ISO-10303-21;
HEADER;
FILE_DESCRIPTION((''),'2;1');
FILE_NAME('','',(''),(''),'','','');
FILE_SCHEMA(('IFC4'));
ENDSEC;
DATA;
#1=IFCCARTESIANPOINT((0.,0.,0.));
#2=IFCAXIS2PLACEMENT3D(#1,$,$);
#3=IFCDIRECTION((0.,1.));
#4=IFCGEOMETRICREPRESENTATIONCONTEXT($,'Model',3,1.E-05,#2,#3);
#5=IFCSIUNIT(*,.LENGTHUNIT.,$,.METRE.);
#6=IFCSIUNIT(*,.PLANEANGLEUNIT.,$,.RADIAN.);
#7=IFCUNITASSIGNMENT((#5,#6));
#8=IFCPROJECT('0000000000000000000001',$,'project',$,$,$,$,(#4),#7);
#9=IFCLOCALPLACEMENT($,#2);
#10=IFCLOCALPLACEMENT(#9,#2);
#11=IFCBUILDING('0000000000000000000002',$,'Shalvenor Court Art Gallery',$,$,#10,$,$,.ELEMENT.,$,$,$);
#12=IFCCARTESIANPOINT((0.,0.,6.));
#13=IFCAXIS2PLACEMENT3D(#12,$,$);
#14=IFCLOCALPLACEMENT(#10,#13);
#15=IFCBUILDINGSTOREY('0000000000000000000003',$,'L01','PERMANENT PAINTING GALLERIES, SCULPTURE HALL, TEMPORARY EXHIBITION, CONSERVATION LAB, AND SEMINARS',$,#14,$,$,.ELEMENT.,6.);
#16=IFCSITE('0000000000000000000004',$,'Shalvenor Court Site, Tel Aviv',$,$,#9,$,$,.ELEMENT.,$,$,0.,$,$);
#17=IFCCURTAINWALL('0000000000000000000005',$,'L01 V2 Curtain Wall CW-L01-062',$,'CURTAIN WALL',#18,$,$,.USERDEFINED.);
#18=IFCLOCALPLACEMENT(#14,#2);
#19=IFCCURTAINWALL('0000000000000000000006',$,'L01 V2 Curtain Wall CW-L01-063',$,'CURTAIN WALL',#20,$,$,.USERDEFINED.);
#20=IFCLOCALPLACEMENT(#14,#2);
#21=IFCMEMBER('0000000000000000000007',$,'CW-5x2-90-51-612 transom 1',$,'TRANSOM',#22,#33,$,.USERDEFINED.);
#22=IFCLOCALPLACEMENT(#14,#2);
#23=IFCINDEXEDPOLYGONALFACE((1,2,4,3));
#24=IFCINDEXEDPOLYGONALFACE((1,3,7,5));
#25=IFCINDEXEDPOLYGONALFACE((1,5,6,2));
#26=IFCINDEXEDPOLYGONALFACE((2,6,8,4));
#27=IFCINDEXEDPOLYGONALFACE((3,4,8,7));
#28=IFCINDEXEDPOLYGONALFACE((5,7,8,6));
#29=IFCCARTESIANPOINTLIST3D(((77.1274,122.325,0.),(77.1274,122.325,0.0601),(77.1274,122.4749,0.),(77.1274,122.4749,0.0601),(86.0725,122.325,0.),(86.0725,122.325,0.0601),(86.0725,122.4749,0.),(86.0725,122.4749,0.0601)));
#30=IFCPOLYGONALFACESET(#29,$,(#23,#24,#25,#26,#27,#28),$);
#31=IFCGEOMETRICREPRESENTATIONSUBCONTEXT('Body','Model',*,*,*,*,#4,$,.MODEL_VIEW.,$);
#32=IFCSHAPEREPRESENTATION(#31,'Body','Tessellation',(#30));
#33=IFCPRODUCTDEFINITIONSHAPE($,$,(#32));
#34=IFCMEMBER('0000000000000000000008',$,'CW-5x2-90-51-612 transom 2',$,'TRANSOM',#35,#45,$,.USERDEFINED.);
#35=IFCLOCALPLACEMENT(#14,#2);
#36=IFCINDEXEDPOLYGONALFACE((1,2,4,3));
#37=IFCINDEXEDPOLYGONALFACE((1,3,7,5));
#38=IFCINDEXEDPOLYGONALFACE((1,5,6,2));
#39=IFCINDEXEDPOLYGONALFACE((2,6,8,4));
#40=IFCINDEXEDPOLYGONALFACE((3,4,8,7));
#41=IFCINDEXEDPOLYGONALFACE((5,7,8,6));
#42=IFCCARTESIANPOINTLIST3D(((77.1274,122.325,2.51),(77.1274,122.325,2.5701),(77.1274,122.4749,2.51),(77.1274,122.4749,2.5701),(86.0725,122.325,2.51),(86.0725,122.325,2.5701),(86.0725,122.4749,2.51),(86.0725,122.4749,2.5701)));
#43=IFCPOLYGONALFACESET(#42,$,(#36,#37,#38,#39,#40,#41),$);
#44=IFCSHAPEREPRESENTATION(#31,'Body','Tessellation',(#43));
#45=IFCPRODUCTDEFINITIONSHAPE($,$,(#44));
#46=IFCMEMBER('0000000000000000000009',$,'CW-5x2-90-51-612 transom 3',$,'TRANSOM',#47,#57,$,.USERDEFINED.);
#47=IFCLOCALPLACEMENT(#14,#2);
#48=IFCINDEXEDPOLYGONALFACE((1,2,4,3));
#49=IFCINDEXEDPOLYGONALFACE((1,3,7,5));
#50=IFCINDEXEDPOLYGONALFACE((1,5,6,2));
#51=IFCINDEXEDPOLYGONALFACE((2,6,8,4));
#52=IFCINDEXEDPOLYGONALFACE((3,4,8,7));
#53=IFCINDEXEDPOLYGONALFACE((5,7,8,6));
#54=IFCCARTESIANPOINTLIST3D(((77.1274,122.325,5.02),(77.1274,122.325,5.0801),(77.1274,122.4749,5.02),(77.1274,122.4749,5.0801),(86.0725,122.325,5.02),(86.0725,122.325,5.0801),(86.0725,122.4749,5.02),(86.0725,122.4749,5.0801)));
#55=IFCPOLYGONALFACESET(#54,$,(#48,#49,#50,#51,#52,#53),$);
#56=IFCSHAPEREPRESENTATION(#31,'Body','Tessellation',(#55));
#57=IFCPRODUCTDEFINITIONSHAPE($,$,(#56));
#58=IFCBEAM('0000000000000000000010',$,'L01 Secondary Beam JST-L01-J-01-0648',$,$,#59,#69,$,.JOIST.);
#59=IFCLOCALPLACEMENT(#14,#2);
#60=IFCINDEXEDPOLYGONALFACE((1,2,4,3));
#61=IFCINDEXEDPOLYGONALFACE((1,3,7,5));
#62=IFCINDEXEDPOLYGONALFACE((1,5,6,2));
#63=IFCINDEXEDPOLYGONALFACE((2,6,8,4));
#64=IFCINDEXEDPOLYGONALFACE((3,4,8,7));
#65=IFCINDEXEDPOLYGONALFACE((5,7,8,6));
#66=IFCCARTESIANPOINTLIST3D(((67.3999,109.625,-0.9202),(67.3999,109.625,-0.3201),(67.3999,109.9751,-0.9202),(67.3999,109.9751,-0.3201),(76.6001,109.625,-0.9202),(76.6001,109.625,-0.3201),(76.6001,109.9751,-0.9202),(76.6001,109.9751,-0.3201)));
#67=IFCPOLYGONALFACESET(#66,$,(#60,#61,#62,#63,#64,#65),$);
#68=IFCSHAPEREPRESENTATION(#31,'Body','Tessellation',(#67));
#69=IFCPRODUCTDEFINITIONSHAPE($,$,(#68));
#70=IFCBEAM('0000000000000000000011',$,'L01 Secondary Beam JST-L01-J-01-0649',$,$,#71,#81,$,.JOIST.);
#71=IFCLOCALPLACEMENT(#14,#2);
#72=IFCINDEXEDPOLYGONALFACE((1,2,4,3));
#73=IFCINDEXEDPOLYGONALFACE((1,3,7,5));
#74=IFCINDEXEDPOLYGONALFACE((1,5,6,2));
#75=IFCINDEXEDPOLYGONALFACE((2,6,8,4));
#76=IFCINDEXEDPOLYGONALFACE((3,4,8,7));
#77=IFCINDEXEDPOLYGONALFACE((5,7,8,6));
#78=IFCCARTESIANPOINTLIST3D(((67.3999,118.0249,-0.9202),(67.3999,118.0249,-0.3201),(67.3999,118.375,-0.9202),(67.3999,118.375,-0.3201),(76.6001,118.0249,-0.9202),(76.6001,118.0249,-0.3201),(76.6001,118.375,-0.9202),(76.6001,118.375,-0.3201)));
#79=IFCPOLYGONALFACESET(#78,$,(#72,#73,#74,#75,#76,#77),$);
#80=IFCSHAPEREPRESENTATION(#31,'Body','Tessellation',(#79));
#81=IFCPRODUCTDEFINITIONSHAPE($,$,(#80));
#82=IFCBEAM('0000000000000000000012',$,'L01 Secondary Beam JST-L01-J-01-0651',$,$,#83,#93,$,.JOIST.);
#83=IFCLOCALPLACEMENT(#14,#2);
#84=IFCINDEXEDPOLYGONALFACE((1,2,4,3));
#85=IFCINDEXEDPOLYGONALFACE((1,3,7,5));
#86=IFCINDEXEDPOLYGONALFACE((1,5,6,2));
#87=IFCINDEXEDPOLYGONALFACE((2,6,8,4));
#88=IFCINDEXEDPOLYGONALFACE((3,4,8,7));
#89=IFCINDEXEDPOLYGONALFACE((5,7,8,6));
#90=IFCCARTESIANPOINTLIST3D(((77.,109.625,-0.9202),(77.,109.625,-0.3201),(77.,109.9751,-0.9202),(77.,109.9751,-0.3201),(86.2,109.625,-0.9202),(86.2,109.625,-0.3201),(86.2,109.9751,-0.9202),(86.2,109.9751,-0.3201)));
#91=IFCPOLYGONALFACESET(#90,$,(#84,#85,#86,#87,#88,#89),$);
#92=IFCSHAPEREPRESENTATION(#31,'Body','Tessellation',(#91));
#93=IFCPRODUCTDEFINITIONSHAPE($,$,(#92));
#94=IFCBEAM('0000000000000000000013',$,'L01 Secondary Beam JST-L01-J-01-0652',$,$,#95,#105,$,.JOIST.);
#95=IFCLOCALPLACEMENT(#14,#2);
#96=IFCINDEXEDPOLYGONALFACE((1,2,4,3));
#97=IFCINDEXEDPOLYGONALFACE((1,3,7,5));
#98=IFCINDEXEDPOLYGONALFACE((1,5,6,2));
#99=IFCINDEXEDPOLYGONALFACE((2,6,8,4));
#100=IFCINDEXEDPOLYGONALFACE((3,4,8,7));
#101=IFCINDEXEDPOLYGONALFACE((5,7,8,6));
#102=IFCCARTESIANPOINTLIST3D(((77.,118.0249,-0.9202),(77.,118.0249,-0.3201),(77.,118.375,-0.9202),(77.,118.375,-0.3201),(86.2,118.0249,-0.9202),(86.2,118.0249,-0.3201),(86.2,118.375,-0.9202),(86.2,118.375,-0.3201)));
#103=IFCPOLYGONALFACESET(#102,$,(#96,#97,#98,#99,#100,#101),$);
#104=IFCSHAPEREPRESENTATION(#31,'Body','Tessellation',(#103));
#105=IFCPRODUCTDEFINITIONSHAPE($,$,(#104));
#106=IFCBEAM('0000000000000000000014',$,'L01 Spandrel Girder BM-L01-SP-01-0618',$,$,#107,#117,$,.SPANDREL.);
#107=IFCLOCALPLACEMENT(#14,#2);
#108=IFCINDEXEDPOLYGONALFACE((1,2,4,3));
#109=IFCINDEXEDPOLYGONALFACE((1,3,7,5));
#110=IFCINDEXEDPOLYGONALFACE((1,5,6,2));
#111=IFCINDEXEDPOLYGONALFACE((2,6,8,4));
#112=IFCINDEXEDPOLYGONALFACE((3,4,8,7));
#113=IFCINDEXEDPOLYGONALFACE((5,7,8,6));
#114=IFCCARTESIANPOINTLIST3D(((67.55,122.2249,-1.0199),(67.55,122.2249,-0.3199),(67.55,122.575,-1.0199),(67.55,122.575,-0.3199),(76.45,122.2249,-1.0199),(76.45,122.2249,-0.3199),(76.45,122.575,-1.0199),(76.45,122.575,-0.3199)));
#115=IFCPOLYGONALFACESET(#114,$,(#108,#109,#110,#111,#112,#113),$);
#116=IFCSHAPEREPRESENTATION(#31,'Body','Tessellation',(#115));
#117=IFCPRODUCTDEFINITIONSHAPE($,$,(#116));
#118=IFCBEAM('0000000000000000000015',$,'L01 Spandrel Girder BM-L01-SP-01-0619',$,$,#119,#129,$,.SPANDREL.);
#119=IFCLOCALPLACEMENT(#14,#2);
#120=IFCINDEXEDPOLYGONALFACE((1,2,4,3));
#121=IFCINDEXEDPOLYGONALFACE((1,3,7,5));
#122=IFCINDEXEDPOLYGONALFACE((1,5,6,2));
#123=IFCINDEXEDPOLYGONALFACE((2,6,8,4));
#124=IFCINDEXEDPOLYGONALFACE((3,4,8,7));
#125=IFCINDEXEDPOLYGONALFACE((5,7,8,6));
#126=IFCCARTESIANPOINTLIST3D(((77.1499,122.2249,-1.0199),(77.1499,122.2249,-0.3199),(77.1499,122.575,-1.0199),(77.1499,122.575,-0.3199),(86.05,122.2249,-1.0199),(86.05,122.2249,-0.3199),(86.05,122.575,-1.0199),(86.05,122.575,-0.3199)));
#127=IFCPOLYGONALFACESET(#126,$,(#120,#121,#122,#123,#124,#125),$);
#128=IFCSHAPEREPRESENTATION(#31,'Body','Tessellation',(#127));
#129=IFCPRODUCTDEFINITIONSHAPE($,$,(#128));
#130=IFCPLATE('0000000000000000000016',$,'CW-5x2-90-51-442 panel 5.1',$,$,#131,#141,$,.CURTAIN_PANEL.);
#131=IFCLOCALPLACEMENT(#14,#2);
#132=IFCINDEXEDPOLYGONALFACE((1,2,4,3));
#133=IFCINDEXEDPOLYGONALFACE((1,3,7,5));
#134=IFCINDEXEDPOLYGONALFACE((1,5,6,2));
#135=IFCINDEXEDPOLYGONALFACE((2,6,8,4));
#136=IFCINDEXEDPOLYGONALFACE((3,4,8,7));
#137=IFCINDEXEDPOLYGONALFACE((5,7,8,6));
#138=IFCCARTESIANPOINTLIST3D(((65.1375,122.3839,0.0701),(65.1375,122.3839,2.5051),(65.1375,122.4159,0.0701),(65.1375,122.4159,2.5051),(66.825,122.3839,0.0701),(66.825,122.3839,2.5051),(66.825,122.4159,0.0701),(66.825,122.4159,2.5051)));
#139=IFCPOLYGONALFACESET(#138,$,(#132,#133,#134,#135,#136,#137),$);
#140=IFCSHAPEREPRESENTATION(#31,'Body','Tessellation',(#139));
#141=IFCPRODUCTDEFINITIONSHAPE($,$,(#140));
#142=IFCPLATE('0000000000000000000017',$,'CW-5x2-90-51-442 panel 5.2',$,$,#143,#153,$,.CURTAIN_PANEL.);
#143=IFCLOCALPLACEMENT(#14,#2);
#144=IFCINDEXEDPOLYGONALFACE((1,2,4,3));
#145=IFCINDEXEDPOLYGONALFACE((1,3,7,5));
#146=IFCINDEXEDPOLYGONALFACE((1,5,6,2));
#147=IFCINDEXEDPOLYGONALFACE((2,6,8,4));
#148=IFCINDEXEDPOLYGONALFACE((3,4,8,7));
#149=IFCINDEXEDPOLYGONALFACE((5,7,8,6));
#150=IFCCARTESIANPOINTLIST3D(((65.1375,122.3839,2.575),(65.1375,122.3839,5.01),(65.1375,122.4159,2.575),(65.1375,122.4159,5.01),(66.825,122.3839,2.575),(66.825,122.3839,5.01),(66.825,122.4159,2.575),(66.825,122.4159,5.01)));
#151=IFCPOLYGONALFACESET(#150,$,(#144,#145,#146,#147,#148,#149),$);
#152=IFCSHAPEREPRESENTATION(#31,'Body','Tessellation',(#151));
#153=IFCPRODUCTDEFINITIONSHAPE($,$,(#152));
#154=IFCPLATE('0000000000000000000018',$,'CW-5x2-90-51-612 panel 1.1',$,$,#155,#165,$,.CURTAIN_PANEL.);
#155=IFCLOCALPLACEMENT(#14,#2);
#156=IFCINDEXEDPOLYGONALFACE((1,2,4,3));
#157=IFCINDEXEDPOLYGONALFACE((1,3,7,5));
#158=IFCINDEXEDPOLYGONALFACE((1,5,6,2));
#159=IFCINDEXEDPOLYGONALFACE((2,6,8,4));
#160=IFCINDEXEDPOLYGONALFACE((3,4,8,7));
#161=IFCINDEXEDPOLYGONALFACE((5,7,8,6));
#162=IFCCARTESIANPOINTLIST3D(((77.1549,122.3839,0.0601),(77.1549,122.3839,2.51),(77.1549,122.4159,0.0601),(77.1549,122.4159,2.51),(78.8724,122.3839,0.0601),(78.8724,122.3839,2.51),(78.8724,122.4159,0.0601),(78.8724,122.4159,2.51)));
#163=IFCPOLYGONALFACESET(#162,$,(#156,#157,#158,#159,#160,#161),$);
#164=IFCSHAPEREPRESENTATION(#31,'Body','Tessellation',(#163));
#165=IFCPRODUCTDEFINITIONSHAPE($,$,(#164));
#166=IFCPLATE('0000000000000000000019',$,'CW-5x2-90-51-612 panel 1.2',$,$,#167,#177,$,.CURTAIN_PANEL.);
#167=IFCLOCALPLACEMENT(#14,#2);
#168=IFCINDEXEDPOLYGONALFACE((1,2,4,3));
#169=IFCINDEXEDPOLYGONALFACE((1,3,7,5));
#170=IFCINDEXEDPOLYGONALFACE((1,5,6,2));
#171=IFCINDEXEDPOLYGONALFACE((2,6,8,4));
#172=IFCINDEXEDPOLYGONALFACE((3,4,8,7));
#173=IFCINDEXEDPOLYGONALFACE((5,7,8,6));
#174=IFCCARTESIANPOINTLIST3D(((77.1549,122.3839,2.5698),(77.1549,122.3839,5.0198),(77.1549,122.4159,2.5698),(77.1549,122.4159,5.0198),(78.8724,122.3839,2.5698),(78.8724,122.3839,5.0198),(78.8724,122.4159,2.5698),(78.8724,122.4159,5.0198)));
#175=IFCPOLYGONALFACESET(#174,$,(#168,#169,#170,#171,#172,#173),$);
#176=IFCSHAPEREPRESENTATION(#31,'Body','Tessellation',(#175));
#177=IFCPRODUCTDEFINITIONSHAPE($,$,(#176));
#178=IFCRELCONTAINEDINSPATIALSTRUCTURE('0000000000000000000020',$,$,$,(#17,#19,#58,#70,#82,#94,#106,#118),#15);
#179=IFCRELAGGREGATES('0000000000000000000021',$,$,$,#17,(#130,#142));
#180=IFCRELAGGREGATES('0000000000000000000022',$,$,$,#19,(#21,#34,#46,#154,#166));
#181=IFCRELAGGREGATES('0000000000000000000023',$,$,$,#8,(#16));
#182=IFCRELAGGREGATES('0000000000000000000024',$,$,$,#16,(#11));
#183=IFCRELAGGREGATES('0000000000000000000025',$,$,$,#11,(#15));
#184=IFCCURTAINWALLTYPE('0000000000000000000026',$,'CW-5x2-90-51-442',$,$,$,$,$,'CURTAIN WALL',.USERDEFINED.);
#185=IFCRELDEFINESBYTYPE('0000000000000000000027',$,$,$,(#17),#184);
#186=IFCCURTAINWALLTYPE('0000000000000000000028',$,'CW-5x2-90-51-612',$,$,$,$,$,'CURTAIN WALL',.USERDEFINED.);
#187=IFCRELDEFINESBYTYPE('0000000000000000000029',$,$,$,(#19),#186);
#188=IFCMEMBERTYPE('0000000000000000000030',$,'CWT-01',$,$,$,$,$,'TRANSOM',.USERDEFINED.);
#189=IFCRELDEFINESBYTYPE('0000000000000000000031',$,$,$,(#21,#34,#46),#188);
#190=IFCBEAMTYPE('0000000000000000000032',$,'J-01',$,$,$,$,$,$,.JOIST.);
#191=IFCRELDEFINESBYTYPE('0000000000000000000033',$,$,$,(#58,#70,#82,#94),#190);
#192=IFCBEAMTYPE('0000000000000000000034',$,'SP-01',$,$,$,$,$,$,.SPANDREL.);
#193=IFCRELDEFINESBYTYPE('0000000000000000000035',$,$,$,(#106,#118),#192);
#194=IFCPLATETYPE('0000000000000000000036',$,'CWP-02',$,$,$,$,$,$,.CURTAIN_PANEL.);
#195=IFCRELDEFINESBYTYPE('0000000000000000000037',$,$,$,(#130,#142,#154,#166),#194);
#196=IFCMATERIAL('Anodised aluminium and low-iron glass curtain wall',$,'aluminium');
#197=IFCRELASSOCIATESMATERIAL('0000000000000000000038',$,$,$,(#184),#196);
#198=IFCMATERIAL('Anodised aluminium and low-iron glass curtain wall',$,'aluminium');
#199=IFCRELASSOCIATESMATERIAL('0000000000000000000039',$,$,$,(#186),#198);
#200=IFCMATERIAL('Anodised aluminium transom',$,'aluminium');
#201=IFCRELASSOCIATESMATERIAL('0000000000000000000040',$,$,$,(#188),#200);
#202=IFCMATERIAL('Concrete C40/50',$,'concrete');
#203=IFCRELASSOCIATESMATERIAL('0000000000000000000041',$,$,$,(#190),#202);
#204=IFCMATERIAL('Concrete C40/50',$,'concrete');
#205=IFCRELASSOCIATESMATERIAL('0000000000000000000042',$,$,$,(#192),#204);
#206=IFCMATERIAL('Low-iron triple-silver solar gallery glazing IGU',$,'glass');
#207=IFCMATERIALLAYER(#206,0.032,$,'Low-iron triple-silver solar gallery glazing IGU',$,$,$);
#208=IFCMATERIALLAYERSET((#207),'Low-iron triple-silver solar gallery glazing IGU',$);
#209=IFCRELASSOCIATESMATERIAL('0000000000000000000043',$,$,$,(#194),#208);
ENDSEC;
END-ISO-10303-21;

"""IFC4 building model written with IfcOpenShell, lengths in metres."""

from ifc_helpers import new_model, si_unit, direction, frame, origin, origin_2d, place, context, subcontext, project, spatial, rectangle, extrude, material, layer, layer_set, material_profile, profile_set, type_object, element, aggregate, save


model = new_model("IFC4")

# Units and contexts
model_context = context("Model", 3, precision=1e-05, world=origin(), true_north=direction((0.0, 1.0)))
body_context = subcontext(model_context, "Body", "Model", "MODEL_VIEW")
ifc_project = project(units=[si_unit("LENGTHUNIT", "METRE"), si_unit("PLANEANGLEUNIT", "RADIAN")], contexts=[model_context])

# Site, building, storey
site_placement = place(None, origin())
site = spatial("IfcSite", under=ifc_project, at=site_placement, Name="Shalvenor Court Site, Tel Aviv", CompositionType="ELEMENT", RefElevation=0.0)
building_placement = place(site_placement, origin())
building = spatial("IfcBuilding", under=site, at=building_placement, Name="Shalvenor Court Art Gallery", CompositionType="ELEMENT")
storey_placement = place(building_placement, frame((0.0, 0.0, 6.0)))
storey = spatial("IfcBuildingStorey", under=building, at=storey_placement, Name="L01", Description="PERMANENT PAINTING GALLERIES, SCULPTURE HALL, TEMPORARY EXHIBITION, CONSERVATION LAB, AND SEMINARS", CompositionType="ELEMENT", Elevation=6.0)

# Curtain wall
ifc_material_1 = material(Name="Anodised aluminium and low-iron glass curtain wall", Category="aluminium")
curtain_wall_type_1 = type_object("IfcCurtainWallType", Name="CW-5x2-90-51-442", ElementType="CURTAIN WALL", PredefinedType="USERDEFINED", material=ifc_material_1)
curtain_wall_1_placement = place(storey_placement, origin())
curtain_wall_1 = element("IfcCurtainWall", 1, at=curtain_wall_1_placement, inside=storey, type_object=curtain_wall_type_1, Name="L01 V2 Curtain Wall CW-L01-062", ObjectType="CURTAIN WALL", PredefinedType="USERDEFINED")

# Curtain wall, members
ifc_material_2 = material(Name="Anodised aluminium and low-iron glass curtain wall", Category="aluminium")
curtain_wall_type_2 = type_object("IfcCurtainWallType", Name="CW-5x2-90-51-612", ElementType="CURTAIN WALL", PredefinedType="USERDEFINED", material=ifc_material_2)
curtain_wall_2_placement = place(storey_placement, origin())
curtain_wall_2 = element("IfcCurtainWall", 2, at=curtain_wall_2_placement, inside=storey, type_object=curtain_wall_type_2, Name="L01 V2 Curtain Wall CW-L01-063", ObjectType="CURTAIN WALL", PredefinedType="USERDEFINED")
ifc_material_3 = material(Name="Anodised aluminium transom", Category="aluminium")
ifc_material_profile_1 = material_profile(ifc_material_3, rectangle(XDim=0.1499, YDim=0.0601, at=origin_2d()), Name="CWT-01")
ifc_profile_set_1 = profile_set([ifc_material_profile_1], Name="Anodised aluminium transom")
member_type_1 = type_object("IfcMemberType", Name="CWT-01", ElementType="TRANSOM", PredefinedType="USERDEFINED", material=ifc_profile_set_1)
member_1_placement = place(storey_placement, frame((77.1274, 122.3999, 0.03), z_axis=(1.0, 0.0, 0.0), x_axis=(0.0, 1.0, 0.0)))
member_1 = element("IfcMember", 3, at=member_1_placement, type_object=member_type_1, Name="CW-5x2-90-51-612 transom 1", ObjectType="TRANSOM", PredefinedType="USERDEFINED", context=body_context, shape_type="SweptSolid", body=[
    extrude(rectangle(XDim=0.1499, YDim=0.0601, at=origin_2d()), origin(), (0.0, 0.0, 1.0), 8.9451),
])
member_2_placement = place(storey_placement, frame((77.1274, 122.3999, 2.54), z_axis=(1.0, 0.0, 0.0), x_axis=(0.0, 1.0, 0.0)))
member_2 = element("IfcMember", 4, at=member_2_placement, type_object=member_type_1, Name="CW-5x2-90-51-612 transom 2", ObjectType="TRANSOM", PredefinedType="USERDEFINED", context=body_context, shape_type="SweptSolid", body=[
    extrude(rectangle(XDim=0.1499, YDim=0.0601, at=origin_2d()), origin(), (0.0, 0.0, 1.0), 8.9451),
])
member_3_placement = place(storey_placement, frame((77.1274, 122.3999, 5.05), z_axis=(1.0, 0.0, 0.0), x_axis=(0.0, 1.0, 0.0)))
member_3 = element("IfcMember", 5, at=member_3_placement, type_object=member_type_1, Name="CW-5x2-90-51-612 transom 3", ObjectType="TRANSOM", PredefinedType="USERDEFINED", context=body_context, shape_type="SweptSolid", body=[
    extrude(rectangle(XDim=0.1499, YDim=0.0601, at=origin_2d()), origin(), (0.0, 0.0, 1.0), 8.9451),
])

# Beams
ifc_material_4 = material(Name="Concrete C40/50", Category="concrete")
ifc_material_profile_2 = material_profile(ifc_material_4, rectangle(XDim=0.3501, YDim=0.6001, at=origin_2d()), Name="RC 350x600")
ifc_profile_set_2 = profile_set([ifc_material_profile_2], Name="Concrete C40/50")
beam_type_1 = type_object("IfcBeamType", Name="J-01", PredefinedType="JOIST", material=ifc_profile_set_2)
for number, where, z_axis, x_axis, name in (
    (6, (67.3999, 109.8, -0.6201), (1.0, 0.0, 0.0), (0.0, 1.0, 0.0), "L01 Secondary Beam JST-L01-J-01-0648"),
    (7, (67.3999, 118.2, -0.6201), (1.0, 0.0, 0.0), (0.0, 1.0, 0.0), "L01 Secondary Beam JST-L01-J-01-0649"),
):
    element("IfcBeam", number, at=place(storey_placement, frame(where, z_axis=z_axis, x_axis=x_axis)), inside=storey, type_object=beam_type_1, Name=name, PredefinedType="JOIST", context=body_context, shape_type="SweptSolid", body=[
        extrude(rectangle(XDim=0.3501, YDim=0.6001, at=origin_2d()), origin(), (0.0, 0.0, 1.0), 9.2002),
    ])
for number, where, z_axis, x_axis, name in (
    (8, (77.0, 109.8, -0.6201), (1.0, 0.0, 0.0), (0.0, 1.0, 0.0), "L01 Secondary Beam JST-L01-J-01-0651"),
    (9, (77.0, 118.2, -0.6201), (1.0, 0.0, 0.0), (0.0, 1.0, 0.0), "L01 Secondary Beam JST-L01-J-01-0652"),
):
    element("IfcBeam", number, at=place(storey_placement, frame(where, z_axis=z_axis, x_axis=x_axis)), inside=storey, type_object=beam_type_1, Name=name, PredefinedType="JOIST", context=body_context, shape_type="SweptSolid", body=[
        extrude(rectangle(XDim=0.3501, YDim=0.6001, at=origin_2d()), origin(), (0.0, 0.0, 1.0), 9.2),
    ])
ifc_material_5 = material(Name="Concrete C40/50", Category="concrete")
ifc_material_profile_3 = material_profile(ifc_material_5, rectangle(XDim=0.3501, YDim=0.7, at=origin_2d()), Name="RC 350x700")
ifc_profile_set_3 = profile_set([ifc_material_profile_3], Name="Concrete C40/50")
beam_type_2 = type_object("IfcBeamType", Name="SP-01", PredefinedType="SPANDREL", material=ifc_profile_set_3)
beam_1_placement = place(storey_placement, frame((67.55, 122.3999, -0.6699), z_axis=(1.0, 0.0, 0.0), x_axis=(0.0, 1.0, 0.0)))
element("IfcBeam", 10, at=beam_1_placement, inside=storey, type_object=beam_type_2, Name="L01 Spandrel Girder BM-L01-SP-01-0618", PredefinedType="SPANDREL", context=body_context, shape_type="SweptSolid", body=[
    extrude(rectangle(XDim=0.3501, YDim=0.7, at=origin_2d()), origin(), (0.0, 0.0, 1.0), 8.8999),
])
beam_2_placement = place(storey_placement, frame((77.1499, 122.3999, -0.6699), z_axis=(1.0, 0.0, 0.0), x_axis=(0.0, 1.0, 0.0)))
element("IfcBeam", 11, at=beam_2_placement, inside=storey, type_object=beam_type_2, Name="L01 Spandrel Girder BM-L01-SP-01-0619", PredefinedType="SPANDREL", context=body_context, shape_type="SweptSolid", body=[
    extrude(rectangle(XDim=0.3501, YDim=0.7, at=origin_2d()), origin(), (0.0, 0.0, 1.0), 8.9001),
])

# Plates
ifc_material_6 = material(Name="Low-iron triple-silver solar gallery glazing IGU", Category="glass")
ifc_layer_1 = layer(ifc_material_6, 0.032, Name="Low-iron triple-silver solar gallery glazing IGU")
ifc_layer_set_1 = layer_set([ifc_layer_1], Name="Low-iron triple-silver solar gallery glazing IGU")
plate_type = type_object("IfcPlateType", Name="CWP-02", PredefinedType="CURTAIN_PANEL", material=ifc_layer_set_1)
plate_1_placement = place(storey_placement, frame((65.9812, 122.3999, 0.0701), z_axis=(0.0, 0.0, 1.0), x_axis=(1.0, 0.0, 0.0)))
plate_1 = element("IfcPlate", 12, at=plate_1_placement, type_object=plate_type, Name="CW-5x2-90-51-442 panel 5.1", PredefinedType="CURTAIN_PANEL", context=body_context, shape_type="SweptSolid", body=[
    extrude(rectangle(XDim=1.6875, YDim=0.032, at=origin_2d()), origin(), (0.0, 0.0, 1.0), 2.4351),
])
plate_2_placement = place(storey_placement, frame((65.9812, 122.3999, 2.575), z_axis=(0.0, 0.0, 1.0), x_axis=(1.0, 0.0, 0.0)))
plate_2 = element("IfcPlate", 13, at=plate_2_placement, type_object=plate_type, Name="CW-5x2-90-51-442 panel 5.2", PredefinedType="CURTAIN_PANEL", context=body_context, shape_type="SweptSolid", body=[
    extrude(rectangle(XDim=1.6875, YDim=0.032, at=origin_2d()), origin(), (0.0, 0.0, 1.0), 2.4351),
])
aggregate(curtain_wall_1, [plate_1, plate_2])
plate_3_placement = place(storey_placement, frame((78.0137, 122.3999, 0.0601), z_axis=(0.0, 0.0, 1.0), x_axis=(1.0, 0.0, 0.0)))
plate_3 = element("IfcPlate", 14, at=plate_3_placement, type_object=plate_type, Name="CW-5x2-90-51-612 panel 1.1", PredefinedType="CURTAIN_PANEL", context=body_context, shape_type="SweptSolid", body=[
    extrude(rectangle(XDim=1.7175, YDim=0.032, at=origin_2d()), origin(), (0.0, 0.0, 1.0), 2.45),
])
plate_4_placement = place(storey_placement, frame((78.0137, 122.3999, 2.5698), z_axis=(0.0, 0.0, 1.0), x_axis=(1.0, 0.0, 0.0)))
plate_4 = element("IfcPlate", 15, at=plate_4_placement, type_object=plate_type, Name="CW-5x2-90-51-612 panel 1.2", PredefinedType="CURTAIN_PANEL", context=body_context, shape_type="SweptSolid", body=[
    extrude(rectangle(XDim=1.7175, YDim=0.032, at=origin_2d()), origin(), (0.0, 0.0, 1.0), 2.45),
])
aggregate(curtain_wall_2, [member_1, member_2, member_3, plate_3, plate_4])

save(model, "model.ifc")
